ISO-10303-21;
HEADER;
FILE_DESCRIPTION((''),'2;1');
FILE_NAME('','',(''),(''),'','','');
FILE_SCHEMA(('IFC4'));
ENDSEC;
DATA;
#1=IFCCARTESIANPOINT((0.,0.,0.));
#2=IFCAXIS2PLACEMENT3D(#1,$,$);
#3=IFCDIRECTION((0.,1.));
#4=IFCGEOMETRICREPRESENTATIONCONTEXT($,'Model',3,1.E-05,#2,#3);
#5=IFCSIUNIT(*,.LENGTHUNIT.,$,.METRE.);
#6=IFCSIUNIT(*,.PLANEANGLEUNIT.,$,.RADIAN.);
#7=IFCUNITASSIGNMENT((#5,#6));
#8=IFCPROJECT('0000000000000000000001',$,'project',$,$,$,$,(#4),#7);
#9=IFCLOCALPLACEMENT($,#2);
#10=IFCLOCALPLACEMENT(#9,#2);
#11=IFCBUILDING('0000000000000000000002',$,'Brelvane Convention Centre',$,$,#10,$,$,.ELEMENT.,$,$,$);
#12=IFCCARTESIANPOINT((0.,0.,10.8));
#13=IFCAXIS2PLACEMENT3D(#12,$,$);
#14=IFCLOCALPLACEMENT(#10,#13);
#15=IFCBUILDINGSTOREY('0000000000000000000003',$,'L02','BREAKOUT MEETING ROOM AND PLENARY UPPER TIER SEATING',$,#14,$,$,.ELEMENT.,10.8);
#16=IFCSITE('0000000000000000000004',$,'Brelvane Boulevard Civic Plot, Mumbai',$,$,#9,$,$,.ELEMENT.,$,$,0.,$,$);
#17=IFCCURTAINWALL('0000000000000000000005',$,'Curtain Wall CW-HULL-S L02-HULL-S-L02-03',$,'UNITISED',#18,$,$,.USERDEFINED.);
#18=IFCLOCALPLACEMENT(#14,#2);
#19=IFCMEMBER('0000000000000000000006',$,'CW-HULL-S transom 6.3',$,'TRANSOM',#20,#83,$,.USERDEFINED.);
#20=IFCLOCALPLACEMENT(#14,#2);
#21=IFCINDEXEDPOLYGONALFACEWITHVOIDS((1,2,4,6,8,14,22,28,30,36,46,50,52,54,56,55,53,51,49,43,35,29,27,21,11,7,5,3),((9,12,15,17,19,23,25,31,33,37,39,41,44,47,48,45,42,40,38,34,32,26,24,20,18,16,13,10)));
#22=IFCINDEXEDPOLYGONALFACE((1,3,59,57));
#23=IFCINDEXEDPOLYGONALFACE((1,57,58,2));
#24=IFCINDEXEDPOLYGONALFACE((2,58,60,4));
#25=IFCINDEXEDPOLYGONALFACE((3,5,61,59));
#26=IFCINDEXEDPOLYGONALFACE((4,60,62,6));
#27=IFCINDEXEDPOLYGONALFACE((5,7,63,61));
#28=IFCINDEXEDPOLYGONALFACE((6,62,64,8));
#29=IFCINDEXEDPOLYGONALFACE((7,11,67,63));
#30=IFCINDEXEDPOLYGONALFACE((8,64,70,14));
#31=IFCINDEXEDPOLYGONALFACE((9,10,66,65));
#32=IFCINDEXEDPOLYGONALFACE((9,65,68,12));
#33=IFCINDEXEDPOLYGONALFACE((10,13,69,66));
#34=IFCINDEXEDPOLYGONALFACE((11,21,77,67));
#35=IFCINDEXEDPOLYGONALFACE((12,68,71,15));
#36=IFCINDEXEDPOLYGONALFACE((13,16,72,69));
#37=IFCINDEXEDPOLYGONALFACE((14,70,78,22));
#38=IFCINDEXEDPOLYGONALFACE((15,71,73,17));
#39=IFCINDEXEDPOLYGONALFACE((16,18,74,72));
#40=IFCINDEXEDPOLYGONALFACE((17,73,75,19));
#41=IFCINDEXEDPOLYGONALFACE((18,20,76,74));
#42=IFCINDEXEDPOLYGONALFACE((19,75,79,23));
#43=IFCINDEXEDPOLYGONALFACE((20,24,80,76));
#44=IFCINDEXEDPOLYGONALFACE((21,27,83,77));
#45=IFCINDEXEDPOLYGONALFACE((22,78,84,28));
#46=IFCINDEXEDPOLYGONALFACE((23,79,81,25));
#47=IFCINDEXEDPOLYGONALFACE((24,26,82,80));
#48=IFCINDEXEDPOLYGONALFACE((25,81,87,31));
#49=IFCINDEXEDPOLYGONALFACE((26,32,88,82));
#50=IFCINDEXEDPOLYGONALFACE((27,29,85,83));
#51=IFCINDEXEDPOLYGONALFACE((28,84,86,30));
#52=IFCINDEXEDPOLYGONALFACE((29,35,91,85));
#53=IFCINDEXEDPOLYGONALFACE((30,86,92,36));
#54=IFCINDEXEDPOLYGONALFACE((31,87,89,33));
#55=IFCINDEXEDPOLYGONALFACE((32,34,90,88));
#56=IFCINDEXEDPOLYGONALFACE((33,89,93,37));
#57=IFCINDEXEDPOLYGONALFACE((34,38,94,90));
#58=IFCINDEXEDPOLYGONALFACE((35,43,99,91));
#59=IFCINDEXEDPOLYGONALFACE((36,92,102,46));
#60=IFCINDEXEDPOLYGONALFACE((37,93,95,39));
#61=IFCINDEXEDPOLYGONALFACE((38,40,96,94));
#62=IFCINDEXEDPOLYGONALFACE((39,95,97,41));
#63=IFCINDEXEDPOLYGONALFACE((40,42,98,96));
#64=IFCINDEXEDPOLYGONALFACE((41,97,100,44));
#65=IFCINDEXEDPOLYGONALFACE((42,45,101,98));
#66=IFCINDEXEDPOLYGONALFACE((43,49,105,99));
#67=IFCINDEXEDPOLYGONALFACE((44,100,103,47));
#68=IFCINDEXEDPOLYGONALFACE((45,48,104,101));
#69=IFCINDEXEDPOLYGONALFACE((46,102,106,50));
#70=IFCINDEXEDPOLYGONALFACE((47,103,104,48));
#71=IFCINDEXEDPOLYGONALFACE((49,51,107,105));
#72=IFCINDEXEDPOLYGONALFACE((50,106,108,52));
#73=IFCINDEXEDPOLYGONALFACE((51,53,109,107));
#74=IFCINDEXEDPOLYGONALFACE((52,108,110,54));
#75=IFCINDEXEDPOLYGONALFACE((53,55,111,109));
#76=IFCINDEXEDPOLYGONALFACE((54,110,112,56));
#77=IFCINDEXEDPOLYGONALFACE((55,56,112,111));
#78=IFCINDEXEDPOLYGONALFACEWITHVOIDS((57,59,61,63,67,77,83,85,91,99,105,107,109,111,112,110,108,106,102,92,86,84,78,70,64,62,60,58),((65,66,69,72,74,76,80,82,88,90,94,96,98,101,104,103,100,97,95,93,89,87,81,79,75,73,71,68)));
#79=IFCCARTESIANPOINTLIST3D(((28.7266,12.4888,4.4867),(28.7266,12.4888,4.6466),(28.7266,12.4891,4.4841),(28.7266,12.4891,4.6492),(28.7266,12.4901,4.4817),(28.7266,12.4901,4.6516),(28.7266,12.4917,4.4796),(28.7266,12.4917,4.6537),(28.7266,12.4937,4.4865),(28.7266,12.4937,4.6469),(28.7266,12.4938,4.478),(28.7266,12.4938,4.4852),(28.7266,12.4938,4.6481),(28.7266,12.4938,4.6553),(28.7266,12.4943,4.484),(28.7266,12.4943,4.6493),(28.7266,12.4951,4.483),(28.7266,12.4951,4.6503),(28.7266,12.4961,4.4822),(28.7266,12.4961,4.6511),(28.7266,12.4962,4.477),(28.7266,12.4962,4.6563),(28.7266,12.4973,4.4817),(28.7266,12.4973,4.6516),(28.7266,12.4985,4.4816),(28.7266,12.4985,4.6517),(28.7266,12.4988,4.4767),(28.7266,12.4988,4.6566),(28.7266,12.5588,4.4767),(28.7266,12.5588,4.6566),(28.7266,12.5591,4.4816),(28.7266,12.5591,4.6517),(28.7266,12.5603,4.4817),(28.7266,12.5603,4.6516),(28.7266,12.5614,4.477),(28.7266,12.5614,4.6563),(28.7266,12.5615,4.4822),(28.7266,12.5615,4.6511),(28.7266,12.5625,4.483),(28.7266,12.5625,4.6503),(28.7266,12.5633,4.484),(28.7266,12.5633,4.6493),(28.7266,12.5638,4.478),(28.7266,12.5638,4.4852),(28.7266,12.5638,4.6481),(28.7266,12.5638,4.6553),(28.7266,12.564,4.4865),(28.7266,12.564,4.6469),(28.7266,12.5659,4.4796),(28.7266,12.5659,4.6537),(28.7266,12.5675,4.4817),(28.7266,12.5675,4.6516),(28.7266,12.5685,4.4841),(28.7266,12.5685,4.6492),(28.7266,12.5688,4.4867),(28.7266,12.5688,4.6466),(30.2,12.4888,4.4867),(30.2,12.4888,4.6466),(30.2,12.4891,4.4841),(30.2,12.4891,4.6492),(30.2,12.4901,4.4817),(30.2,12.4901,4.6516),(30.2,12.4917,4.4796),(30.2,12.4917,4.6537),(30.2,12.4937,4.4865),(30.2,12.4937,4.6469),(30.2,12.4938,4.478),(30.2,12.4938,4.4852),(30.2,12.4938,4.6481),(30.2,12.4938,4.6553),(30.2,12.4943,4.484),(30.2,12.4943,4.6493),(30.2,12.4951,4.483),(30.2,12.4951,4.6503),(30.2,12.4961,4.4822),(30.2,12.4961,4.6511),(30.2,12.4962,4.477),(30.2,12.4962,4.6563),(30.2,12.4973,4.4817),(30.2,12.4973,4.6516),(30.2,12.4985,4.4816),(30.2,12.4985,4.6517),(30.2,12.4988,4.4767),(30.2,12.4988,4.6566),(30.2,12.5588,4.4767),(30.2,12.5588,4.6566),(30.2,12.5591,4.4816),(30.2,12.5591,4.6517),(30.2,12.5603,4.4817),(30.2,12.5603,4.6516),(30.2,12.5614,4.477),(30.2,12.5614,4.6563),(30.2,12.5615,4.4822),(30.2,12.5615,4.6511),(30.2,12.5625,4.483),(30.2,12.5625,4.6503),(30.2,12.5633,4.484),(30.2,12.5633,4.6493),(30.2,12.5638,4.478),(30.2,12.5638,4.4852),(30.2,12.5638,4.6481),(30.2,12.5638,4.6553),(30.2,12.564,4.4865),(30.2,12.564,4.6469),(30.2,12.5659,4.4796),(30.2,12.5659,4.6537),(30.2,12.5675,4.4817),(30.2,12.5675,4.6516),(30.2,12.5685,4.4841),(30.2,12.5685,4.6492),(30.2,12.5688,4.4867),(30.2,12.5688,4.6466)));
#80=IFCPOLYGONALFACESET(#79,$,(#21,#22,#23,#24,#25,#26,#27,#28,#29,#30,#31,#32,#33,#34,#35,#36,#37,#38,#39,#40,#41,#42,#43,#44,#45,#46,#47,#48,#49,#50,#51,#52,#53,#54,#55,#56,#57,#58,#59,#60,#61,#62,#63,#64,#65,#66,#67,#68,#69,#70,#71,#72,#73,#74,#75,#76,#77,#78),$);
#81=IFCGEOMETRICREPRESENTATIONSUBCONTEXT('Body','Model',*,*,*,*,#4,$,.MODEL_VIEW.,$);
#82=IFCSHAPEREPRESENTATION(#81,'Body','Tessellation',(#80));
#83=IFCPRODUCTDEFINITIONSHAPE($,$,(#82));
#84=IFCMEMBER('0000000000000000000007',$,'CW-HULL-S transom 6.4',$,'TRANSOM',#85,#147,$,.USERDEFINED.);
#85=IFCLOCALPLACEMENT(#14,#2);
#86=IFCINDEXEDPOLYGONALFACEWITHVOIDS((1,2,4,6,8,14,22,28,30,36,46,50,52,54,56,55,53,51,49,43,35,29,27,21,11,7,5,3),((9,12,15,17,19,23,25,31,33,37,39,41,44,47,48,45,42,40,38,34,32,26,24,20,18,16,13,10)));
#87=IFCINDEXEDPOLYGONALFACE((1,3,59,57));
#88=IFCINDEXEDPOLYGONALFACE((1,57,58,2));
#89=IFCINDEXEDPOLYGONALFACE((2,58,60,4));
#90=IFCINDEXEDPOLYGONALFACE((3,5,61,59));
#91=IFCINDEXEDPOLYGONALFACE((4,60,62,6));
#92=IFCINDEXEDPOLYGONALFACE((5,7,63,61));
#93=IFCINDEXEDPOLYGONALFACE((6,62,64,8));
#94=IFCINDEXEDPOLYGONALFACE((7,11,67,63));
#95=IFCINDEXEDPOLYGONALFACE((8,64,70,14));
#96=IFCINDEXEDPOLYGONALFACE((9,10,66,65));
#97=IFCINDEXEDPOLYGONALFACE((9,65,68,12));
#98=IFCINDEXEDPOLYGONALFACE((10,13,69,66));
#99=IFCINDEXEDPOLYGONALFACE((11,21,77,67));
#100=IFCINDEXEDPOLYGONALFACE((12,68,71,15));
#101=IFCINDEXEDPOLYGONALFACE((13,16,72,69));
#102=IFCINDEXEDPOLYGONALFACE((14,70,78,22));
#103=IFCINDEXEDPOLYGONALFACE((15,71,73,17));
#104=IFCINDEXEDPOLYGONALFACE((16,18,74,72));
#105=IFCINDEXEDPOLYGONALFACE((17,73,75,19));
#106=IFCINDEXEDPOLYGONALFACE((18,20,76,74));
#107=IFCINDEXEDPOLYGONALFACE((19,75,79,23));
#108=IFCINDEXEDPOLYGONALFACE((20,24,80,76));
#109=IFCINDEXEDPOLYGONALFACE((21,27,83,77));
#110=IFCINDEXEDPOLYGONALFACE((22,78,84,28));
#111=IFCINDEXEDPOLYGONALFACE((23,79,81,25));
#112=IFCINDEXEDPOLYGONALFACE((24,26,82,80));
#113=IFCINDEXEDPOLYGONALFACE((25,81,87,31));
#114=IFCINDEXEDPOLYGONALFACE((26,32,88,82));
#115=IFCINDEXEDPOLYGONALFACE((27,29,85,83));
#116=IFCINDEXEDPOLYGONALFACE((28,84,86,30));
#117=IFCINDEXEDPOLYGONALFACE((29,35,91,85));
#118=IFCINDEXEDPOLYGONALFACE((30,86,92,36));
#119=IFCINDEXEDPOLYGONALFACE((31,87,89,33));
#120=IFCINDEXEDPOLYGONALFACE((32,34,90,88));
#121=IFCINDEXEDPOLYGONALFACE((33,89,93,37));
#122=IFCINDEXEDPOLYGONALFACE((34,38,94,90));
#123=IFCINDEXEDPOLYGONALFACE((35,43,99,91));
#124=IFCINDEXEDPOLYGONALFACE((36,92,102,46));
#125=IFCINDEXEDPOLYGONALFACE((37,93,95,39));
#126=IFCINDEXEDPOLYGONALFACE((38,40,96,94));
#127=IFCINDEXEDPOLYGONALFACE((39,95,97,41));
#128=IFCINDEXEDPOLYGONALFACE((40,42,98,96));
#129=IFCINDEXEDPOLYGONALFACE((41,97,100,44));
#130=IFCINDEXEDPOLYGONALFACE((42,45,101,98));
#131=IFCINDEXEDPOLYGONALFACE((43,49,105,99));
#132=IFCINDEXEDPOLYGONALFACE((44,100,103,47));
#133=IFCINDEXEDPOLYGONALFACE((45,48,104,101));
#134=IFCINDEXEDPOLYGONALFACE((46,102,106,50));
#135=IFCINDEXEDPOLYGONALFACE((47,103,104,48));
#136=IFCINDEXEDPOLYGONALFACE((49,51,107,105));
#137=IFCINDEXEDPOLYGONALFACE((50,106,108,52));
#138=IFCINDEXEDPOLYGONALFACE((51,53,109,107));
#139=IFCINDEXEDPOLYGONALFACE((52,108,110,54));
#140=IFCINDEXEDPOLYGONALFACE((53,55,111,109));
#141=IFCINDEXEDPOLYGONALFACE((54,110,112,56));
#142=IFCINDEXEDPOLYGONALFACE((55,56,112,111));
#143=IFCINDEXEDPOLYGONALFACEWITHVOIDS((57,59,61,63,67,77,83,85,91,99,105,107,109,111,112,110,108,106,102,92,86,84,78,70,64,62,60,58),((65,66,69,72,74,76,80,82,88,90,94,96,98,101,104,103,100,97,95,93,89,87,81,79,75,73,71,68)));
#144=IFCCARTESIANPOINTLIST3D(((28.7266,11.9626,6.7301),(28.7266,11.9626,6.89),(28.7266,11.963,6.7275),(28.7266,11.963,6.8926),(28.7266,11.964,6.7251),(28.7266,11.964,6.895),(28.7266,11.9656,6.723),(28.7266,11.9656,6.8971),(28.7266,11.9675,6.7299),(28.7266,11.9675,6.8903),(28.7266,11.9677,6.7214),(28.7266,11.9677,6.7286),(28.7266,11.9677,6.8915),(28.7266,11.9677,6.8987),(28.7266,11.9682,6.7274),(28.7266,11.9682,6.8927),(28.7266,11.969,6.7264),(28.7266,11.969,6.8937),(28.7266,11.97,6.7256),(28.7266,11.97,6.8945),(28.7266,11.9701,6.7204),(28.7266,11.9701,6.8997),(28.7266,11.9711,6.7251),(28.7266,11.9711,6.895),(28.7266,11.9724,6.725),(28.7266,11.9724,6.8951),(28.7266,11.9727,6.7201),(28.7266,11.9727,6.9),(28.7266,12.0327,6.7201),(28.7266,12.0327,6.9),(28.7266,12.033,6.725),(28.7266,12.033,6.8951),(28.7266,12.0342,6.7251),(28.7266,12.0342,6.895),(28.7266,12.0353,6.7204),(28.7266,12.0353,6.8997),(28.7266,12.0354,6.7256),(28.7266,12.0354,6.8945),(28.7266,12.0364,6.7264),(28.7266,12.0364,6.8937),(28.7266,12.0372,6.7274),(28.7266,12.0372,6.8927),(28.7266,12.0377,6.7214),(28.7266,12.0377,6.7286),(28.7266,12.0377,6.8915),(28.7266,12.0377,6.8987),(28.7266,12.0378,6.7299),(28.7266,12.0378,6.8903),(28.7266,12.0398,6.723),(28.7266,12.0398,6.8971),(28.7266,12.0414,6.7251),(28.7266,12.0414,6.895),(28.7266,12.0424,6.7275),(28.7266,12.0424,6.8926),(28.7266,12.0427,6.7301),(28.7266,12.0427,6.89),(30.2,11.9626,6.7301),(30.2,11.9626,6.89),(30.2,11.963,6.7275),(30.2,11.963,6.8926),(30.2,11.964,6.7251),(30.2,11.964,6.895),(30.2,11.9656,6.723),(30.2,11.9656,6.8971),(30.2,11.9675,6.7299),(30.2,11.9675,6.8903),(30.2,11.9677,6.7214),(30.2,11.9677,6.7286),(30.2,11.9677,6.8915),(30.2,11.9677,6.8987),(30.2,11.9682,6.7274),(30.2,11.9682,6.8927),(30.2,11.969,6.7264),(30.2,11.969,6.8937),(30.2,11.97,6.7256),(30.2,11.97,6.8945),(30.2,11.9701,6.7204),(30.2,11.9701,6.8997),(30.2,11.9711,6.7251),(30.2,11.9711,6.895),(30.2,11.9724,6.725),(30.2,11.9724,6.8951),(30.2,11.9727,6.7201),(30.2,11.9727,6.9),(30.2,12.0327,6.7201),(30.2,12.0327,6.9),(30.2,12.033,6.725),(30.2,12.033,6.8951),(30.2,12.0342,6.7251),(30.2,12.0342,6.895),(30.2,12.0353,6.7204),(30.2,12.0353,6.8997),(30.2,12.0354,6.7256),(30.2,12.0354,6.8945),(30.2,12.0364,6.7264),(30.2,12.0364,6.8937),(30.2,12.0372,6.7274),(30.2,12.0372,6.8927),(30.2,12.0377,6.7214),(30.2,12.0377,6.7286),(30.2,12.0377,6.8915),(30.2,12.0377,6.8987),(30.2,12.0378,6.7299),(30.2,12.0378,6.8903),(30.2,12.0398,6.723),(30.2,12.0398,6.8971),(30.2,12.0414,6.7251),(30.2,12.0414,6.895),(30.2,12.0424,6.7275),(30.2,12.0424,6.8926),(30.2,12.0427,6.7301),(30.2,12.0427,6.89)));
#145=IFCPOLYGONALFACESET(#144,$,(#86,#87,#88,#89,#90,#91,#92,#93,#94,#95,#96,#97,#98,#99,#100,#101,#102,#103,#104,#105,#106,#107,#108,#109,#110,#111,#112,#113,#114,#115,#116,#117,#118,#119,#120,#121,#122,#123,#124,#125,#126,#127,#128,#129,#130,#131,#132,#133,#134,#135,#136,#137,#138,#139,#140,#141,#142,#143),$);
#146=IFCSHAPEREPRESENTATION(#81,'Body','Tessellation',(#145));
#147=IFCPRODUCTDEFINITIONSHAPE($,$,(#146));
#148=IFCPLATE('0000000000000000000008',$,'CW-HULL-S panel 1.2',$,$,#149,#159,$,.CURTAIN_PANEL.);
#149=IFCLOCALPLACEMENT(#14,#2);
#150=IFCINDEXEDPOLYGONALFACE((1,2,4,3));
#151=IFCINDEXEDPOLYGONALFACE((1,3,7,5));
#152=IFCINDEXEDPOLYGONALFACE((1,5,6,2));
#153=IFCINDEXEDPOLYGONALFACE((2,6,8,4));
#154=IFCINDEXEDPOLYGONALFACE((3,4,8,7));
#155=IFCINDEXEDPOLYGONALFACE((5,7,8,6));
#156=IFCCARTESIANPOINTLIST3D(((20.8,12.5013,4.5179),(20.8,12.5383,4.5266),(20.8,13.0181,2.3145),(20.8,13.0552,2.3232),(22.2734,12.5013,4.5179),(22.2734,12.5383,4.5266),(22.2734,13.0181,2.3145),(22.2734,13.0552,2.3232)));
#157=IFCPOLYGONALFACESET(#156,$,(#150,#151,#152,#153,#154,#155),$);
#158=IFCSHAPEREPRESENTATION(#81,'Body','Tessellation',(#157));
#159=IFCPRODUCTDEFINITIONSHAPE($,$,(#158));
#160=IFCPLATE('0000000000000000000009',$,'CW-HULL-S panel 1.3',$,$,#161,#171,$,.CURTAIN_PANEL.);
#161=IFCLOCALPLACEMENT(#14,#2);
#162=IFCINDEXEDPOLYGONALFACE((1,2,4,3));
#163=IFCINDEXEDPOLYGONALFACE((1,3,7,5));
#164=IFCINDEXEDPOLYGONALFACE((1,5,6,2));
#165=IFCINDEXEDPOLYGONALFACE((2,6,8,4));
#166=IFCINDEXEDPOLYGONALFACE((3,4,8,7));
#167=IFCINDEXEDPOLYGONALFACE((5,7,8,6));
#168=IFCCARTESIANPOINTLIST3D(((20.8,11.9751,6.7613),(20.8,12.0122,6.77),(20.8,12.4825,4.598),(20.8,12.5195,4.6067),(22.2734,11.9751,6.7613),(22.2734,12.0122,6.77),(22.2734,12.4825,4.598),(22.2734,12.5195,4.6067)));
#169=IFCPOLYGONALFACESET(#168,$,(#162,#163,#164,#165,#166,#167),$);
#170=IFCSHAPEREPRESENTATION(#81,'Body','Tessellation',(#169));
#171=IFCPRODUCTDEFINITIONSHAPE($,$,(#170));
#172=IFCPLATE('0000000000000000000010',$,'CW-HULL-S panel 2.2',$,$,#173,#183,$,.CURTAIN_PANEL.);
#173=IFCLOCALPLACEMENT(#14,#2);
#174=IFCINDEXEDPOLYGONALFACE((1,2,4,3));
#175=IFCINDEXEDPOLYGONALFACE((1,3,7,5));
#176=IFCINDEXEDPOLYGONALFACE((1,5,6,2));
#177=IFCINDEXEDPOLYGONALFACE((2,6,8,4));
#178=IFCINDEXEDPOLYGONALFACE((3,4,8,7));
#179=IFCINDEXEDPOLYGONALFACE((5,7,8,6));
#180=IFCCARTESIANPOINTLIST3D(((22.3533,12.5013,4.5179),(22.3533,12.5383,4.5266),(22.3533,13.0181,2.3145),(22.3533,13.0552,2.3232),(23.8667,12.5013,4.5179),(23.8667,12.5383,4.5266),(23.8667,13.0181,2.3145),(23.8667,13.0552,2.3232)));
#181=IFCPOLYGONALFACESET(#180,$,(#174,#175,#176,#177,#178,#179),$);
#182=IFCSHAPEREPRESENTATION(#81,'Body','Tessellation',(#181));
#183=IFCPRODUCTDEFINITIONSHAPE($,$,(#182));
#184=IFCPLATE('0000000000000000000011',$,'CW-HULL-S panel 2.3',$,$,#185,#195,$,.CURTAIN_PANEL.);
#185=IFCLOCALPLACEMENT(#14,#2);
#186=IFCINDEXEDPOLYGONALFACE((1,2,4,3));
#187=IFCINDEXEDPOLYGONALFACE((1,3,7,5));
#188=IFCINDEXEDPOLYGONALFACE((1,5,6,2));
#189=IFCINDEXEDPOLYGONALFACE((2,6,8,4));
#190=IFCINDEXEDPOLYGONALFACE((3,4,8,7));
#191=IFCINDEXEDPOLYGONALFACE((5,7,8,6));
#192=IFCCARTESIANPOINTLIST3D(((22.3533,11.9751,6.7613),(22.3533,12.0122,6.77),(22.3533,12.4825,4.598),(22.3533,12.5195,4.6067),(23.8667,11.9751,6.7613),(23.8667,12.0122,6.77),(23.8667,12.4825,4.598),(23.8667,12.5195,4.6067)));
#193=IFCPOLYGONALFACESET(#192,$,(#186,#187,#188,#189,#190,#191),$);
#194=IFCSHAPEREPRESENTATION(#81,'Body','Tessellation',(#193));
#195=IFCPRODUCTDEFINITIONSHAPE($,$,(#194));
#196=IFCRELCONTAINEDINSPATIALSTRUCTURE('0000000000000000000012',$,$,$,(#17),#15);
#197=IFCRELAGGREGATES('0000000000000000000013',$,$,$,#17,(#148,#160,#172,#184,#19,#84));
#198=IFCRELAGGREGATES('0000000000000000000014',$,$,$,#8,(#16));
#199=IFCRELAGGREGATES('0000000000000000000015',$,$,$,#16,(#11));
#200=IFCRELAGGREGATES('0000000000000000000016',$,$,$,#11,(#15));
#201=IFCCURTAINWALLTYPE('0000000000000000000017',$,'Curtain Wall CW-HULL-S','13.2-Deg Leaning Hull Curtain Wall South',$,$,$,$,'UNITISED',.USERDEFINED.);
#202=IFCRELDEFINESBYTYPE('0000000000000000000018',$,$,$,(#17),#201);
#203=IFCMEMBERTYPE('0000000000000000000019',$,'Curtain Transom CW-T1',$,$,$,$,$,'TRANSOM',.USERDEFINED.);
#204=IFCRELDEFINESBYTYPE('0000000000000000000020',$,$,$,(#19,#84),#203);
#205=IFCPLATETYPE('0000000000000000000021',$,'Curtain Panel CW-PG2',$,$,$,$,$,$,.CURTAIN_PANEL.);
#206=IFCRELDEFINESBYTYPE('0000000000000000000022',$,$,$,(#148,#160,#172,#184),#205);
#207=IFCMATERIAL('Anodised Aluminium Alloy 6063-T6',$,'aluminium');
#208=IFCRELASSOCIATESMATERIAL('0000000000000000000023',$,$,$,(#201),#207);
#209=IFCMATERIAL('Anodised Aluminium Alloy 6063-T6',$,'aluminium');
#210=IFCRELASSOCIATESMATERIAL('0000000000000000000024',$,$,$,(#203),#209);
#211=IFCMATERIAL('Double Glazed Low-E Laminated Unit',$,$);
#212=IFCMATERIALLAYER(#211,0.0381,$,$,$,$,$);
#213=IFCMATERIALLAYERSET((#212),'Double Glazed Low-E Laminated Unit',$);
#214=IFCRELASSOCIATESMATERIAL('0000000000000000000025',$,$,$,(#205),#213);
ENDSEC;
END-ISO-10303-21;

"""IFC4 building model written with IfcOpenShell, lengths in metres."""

from ifc_helpers import new_model, si_unit, direction, frame, origin, origin_2d, place, context, subcontext, project, spatial, polyline, hollow_rectangle, outline, extrude, material, layer, layer_set, material_profile, profile_set, type_object, element, aggregate, save


model = new_model("IFC4")

# Units and contexts
model_context = context("Model", 3, precision=1e-05, world=origin(), true_north=direction((0.0, 1.0)))
body_context = subcontext(model_context, "Body", "Model", "MODEL_VIEW")
ifc_project = project(units=[si_unit("LENGTHUNIT", "METRE"), si_unit("PLANEANGLEUNIT", "RADIAN")], contexts=[model_context])

# Site, building, storey
site_placement = place(None, origin())
site = spatial("IfcSite", under=ifc_project, at=site_placement, Name="Brelvane Boulevard Civic Plot, Mumbai", CompositionType="ELEMENT", RefElevation=0.0)
building_placement = place(site_placement, origin())
building = spatial("IfcBuilding", under=site, at=building_placement, Name="Brelvane Convention Centre", CompositionType="ELEMENT")
storey_placement = place(building_placement, frame((0.0, 0.0, 10.8)))
storey = spatial("IfcBuildingStorey", under=building, at=storey_placement, Name="L02", Description="BREAKOUT MEETING ROOM AND PLENARY UPPER TIER SEATING", CompositionType="ELEMENT", Elevation=10.8)

# Curtain wall, members, plates
ifc_material_1 = material(Name="Anodised Aluminium Alloy 6063-T6", Category="aluminium")
curtain_wall_type = type_object("IfcCurtainWallType", Name="Curtain Wall CW-HULL-S", Description="13.2-Deg Leaning Hull Curtain Wall South", ElementType="UNITISED", PredefinedType="USERDEFINED", material=ifc_material_1)
curtain_wall_1_placement = place(storey_placement, origin())
curtain_wall_1 = element("IfcCurtainWall", 1, at=curtain_wall_1_placement, inside=storey, type_object=curtain_wall_type, Name="Curtain Wall CW-HULL-S L02-HULL-S-L02-03", ObjectType="UNITISED", PredefinedType="USERDEFINED")
ifc_material_2 = material(Name="Anodised Aluminium Alloy 6063-T6", Category="aluminium")
ifc_material_profile = material_profile(ifc_material_2, hollow_rectangle(XDim=0.0801, YDim=0.1799, WallThickness=0.0049, InnerFilletRadius=0.0049, OuterFilletRadius=0.01, at=origin_2d()), Name="ALU-T 180x80x5.0")
ifc_profile_set = profile_set([ifc_material_profile], Name="Anodised Aluminium Alloy 6063-T6")
member_type = type_object("IfcMemberType", Name="Curtain Transom CW-T1", ElementType="TRANSOM", PredefinedType="USERDEFINED", material=ifc_profile_set)
member_1_placement = place(storey_placement, frame((28.7266, 12.5288, 4.5667), z_axis=(1.0, 0.0, 0.0), x_axis=(0.0, 1.0, 0.0)))
member_1 = element("IfcMember", 2, at=member_1_placement, type_object=member_type, Name="CW-HULL-S transom 6.3", ObjectType="TRANSOM", PredefinedType="USERDEFINED", context=body_context, shape_type="SweptSolid", body=[
    extrude(hollow_rectangle(XDim=0.0801, YDim=0.1799, WallThickness=0.0049, InnerFilletRadius=0.0049, OuterFilletRadius=0.01, at=origin_2d()), origin(), (0.0, 0.0, 1.0), 1.4734),
])
member_2_placement = place(storey_placement, frame((28.7266, 12.0027, 6.8101), z_axis=(1.0, 0.0, 0.0), x_axis=(0.0, 1.0, 0.0)))
member_2 = element("IfcMember", 3, at=member_2_placement, type_object=member_type, Name="CW-HULL-S transom 6.4", ObjectType="TRANSOM", PredefinedType="USERDEFINED", context=body_context, shape_type="SweptSolid", body=[
    extrude(hollow_rectangle(XDim=0.0801, YDim=0.1799, WallThickness=0.0049, InnerFilletRadius=0.0049, OuterFilletRadius=0.01, at=origin_2d()), origin(), (0.0, 0.0, 1.0), 1.4734),
])
ifc_material_3 = material(Name="Double Glazed Low-E Laminated Unit")
ifc_layer_1 = layer(ifc_material_3, 0.0381)
ifc_layer_set_1 = layer_set([ifc_layer_1], Name="Double Glazed Low-E Laminated Unit")
plate_type_1 = type_object("IfcPlateType", Name="Curtain Panel CW-PG2", PredefinedType="CURTAIN_PANEL", material=ifc_layer_set_1)
plate_1_placement = place(storey_placement, frame((20.8, 13.0552, 2.3232), z_axis=(0.0, 0.973574, 0.228372), x_axis=(1.0, 0.0, 0.0)))
plate_1 = element("IfcPlate", 4, at=plate_1_placement, type_object=plate_type_1, Name="CW-HULL-S panel 1.2", PredefinedType="CURTAIN_PANEL", context=body_context, shape_type="SweptSolid", body=[
    extrude(outline(polyline([(0.0, 0.0), (1.4734, 0.0), (1.4734, -2.2632), (0.0, -2.2632), (0.0, 0.0)])), origin(), (0.0, 0.0, -1.0), 0.0381),
])
plate_2_placement = place(storey_placement, frame((20.8, 12.5195, 4.6067), z_axis=(0.0, 0.973587, 0.228317), x_axis=(1.0, 0.0, 0.0)))
plate_2 = element("IfcPlate", 5, at=plate_2_placement, type_object=plate_type_1, Name="CW-HULL-S panel 1.3", PredefinedType="CURTAIN_PANEL", context=body_context, shape_type="SweptSolid", body=[
    extrude(outline(polyline([(0.0, 0.0), (1.4734, 0.0), (1.4734, -2.222), (0.0, -2.222), (0.0, 0.0)])), origin(), (0.0, 0.0, -1.0), 0.0381),
])
plate_3_placement = place(storey_placement, frame((22.3533, 13.0552, 2.3232), z_axis=(0.0, 0.973574, 0.228372), x_axis=(1.0, 0.0, 0.0)))
plate_3 = element("IfcPlate", 6, at=plate_3_placement, type_object=plate_type_1, Name="CW-HULL-S panel 2.2", PredefinedType="CURTAIN_PANEL", context=body_context, shape_type="SweptSolid", body=[
    extrude(outline(polyline([(0.0, 0.0), (1.5134, 0.0), (1.5134, -2.2632), (0.0, -2.2632), (0.0, 0.0)])), origin(), (0.0, 0.0, -1.0), 0.0381),
])
plate_4_placement = place(storey_placement, frame((22.3533, 12.5195, 4.6067), z_axis=(0.0, 0.973587, 0.228317), x_axis=(1.0, 0.0, 0.0)))
plate_4 = element("IfcPlate", 7, at=plate_4_placement, type_object=plate_type_1, Name="CW-HULL-S panel 2.3", PredefinedType="CURTAIN_PANEL", context=body_context, shape_type="SweptSolid", body=[
    extrude(outline(polyline([(0.0, 0.0), (1.5134, 0.0), (1.5134, -2.222), (0.0, -2.222), (0.0, 0.0)])), origin(), (0.0, 0.0, -1.0), 0.0381),
])

aggregate(curtain_wall_1, [plate_1, plate_2, plate_3, plate_4, member_1, member_2])

save(model, "model.ifc")
